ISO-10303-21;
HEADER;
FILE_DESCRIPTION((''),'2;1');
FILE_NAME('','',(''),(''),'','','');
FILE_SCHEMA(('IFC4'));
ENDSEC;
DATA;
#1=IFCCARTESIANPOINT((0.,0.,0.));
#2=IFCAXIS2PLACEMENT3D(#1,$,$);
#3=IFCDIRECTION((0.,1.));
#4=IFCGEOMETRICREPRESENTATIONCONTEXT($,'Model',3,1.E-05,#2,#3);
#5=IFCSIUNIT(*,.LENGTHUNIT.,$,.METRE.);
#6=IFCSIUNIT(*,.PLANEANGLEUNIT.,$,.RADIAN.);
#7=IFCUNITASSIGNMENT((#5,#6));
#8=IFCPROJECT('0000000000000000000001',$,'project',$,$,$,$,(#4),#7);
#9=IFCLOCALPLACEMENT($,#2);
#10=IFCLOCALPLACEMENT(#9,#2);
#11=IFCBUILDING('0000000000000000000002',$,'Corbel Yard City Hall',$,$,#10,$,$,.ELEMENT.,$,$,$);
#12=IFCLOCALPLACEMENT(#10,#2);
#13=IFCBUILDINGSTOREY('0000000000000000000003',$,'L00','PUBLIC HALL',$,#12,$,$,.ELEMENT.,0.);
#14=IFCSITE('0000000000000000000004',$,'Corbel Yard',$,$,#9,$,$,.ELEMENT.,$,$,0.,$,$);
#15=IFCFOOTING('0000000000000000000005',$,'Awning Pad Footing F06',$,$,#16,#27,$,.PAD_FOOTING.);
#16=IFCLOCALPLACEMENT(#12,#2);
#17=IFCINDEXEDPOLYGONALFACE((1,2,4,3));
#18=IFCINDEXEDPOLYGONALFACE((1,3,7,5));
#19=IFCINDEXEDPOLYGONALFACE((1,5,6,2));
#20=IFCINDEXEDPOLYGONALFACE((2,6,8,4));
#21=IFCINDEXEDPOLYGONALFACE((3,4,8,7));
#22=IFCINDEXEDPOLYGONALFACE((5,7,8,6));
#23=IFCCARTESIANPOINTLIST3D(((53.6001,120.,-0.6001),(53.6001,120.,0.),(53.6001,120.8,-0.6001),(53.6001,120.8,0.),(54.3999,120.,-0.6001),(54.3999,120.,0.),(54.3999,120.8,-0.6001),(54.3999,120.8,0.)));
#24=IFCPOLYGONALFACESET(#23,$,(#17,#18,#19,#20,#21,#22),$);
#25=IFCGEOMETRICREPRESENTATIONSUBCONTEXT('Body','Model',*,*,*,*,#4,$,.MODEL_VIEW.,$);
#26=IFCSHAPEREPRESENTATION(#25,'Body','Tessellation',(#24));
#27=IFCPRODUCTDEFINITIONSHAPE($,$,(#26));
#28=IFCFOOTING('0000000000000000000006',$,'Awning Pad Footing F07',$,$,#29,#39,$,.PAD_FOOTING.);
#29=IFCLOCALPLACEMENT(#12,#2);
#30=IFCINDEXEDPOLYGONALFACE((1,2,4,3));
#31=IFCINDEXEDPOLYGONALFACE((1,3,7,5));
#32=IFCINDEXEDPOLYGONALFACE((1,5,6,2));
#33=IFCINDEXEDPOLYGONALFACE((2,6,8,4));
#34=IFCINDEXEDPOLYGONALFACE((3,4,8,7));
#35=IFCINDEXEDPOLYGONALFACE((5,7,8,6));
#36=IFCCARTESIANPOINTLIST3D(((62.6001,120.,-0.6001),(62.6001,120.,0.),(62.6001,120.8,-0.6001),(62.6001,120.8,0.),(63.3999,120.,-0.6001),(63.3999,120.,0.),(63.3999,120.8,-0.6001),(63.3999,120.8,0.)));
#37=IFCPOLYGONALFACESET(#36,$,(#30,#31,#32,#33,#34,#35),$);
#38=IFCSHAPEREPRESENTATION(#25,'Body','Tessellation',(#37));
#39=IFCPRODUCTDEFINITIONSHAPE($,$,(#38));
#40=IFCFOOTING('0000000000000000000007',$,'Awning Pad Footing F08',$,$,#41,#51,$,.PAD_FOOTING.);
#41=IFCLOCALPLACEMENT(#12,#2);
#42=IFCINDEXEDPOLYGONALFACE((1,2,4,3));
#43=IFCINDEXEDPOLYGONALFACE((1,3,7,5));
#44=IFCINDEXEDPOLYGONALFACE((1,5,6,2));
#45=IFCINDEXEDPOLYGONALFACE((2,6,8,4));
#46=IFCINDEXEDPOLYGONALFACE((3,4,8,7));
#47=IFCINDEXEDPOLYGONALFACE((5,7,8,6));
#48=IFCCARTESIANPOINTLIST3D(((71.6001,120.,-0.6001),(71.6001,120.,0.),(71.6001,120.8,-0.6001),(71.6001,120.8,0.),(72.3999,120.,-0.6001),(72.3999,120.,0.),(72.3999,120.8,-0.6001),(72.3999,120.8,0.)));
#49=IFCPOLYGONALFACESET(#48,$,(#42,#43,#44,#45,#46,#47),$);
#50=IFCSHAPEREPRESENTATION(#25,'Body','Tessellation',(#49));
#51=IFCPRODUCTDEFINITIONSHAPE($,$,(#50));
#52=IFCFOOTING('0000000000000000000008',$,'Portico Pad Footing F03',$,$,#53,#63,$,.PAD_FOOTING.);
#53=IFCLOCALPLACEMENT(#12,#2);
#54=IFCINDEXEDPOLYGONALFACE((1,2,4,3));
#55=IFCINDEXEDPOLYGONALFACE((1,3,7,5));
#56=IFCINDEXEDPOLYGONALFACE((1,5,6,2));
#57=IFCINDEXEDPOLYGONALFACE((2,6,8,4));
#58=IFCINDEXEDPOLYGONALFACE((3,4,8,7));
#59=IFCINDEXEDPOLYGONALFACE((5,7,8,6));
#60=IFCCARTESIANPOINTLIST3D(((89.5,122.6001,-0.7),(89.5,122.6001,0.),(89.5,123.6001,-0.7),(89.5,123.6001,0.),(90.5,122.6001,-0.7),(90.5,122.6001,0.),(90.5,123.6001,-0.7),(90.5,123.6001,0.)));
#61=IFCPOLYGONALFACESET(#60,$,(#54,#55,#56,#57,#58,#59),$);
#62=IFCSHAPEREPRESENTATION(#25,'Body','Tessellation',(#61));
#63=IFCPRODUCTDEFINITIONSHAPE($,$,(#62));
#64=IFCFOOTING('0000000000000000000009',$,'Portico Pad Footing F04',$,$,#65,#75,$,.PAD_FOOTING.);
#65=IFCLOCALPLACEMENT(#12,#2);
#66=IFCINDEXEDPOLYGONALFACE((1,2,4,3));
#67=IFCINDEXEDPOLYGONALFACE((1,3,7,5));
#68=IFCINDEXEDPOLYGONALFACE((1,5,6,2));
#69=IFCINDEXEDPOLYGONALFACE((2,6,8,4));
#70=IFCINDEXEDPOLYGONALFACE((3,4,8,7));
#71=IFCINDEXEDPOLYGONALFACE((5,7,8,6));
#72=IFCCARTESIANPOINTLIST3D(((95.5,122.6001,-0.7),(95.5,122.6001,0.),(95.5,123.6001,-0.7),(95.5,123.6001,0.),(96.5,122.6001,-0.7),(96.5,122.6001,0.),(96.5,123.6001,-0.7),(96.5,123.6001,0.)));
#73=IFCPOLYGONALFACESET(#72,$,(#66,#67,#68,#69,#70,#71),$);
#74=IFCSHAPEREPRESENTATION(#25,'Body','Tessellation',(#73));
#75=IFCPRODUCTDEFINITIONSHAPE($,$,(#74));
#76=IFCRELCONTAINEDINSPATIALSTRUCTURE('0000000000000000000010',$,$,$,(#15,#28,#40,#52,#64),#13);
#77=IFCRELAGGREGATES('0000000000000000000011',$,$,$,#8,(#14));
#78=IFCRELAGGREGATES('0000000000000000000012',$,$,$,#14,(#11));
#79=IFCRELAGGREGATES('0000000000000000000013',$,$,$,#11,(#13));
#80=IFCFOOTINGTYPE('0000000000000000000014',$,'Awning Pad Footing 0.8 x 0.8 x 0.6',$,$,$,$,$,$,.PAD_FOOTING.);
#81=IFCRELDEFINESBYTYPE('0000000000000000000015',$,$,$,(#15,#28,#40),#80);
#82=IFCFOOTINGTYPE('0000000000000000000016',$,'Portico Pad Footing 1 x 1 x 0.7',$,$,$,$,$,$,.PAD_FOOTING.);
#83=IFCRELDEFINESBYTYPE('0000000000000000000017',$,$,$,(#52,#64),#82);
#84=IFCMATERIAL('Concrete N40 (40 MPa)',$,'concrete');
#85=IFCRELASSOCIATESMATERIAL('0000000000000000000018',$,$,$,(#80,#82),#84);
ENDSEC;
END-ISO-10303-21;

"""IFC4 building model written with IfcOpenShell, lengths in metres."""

from ifc_helpers import new_model, si_unit, direction, frame, origin, place, context, subcontext, project, spatial, polyline, outline, extrude, material, type_object, element, save


model = new_model("IFC4")

# Units and contexts
model_context = context("Model", 3, precision=1e-05, world=origin(), true_north=direction((0.0, 1.0)))
body_context = subcontext(model_context, "Body", "Model", "MODEL_VIEW")
ifc_project = project(units=[si_unit("LENGTHUNIT", "METRE"), si_unit("PLANEANGLEUNIT", "RADIAN")], contexts=[model_context])

# Site, building, storey
site_placement = place(None, origin())
site = spatial("IfcSite", under=ifc_project, at=site_placement, Name="Corbel Yard", CompositionType="ELEMENT", RefElevation=0.0)
building_placement = place(site_placement, origin())
building = spatial("IfcBuilding", under=site, at=building_placement, Name="Corbel Yard City Hall", CompositionType="ELEMENT")
storey_placement = place(building_placement, origin())
storey = spatial("IfcBuildingStorey", under=building, at=storey_placement, Name="L00", Description="PUBLIC HALL", CompositionType="ELEMENT", Elevation=0.0)

# Footings
ifc_material = material(Name="Concrete N40 (40 MPa)", Category="concrete")
footing_type_1 = type_object("IfcFootingType", Name="Awning Pad Footing 0.8 x 0.8 x 0.6", PredefinedType="PAD_FOOTING", material=ifc_material)
footing_1_placement = place(storey_placement, frame((0.0, 0.0, -0.6001)))
element("IfcFooting", 1, at=footing_1_placement, inside=storey, type_object=footing_type_1, Name="Awning Pad Footing F06", PredefinedType="PAD_FOOTING", context=body_context, shape_type="SweptSolid", body=[
    extrude(outline(polyline([(53.6001, 120.0), (54.3999, 120.0), (54.3999, 120.8), (53.6001, 120.8), (53.6001, 120.0)])), origin(), (0.0, 0.0, 1.0), 0.6001),
])
footing_2_placement = place(storey_placement, frame((0.0, 0.0, -0.6001)))
element("IfcFooting", 2, at=footing_2_placement, inside=storey, type_object=footing_type_1, Name="Awning Pad Footing F07", PredefinedType="PAD_FOOTING", context=body_context, shape_type="SweptSolid", body=[
    extrude(outline(polyline([(62.6001, 120.0), (63.3999, 120.0), (63.3999, 120.8), (62.6001, 120.8), (62.6001, 120.0)])), origin(), (0.0, 0.0, 1.0), 0.6001),
])
footing_3_placement = place(storey_placement, frame((0.0, 0.0, -0.6001)))
element("IfcFooting", 3, at=footing_3_placement, inside=storey, type_object=footing_type_1, Name="Awning Pad Footing F08", PredefinedType="PAD_FOOTING", context=body_context, shape_type="SweptSolid", body=[
    extrude(outline(polyline([(71.6001, 120.0), (72.3999, 120.0), (72.3999, 120.8), (71.6001, 120.8), (71.6001, 120.0)])), origin(), (0.0, 0.0, 1.0), 0.6001),
])
footing_type_2 = type_object("IfcFootingType", Name="Portico Pad Footing 1 x 1 x 0.7", PredefinedType="PAD_FOOTING", material=ifc_material)
footing_4_placement = place(storey_placement, frame((0.0, 0.0, -0.7)))
element("IfcFooting", 4, at=footing_4_placement, inside=storey, type_object=footing_type_2, Name="Portico Pad Footing F03", PredefinedType="PAD_FOOTING", context=body_context, shape_type="SweptSolid", body=[
    extrude(outline(polyline([(89.5, 122.6001), (90.5, 122.6001), (90.5, 123.6001), (89.5, 123.6001), (89.5, 122.6001)])), origin(), (0.0, 0.0, 1.0), 0.7),
])
footing_5_placement = place(storey_placement, frame((0.0, 0.0, -0.7)))
element("IfcFooting", 5, at=footing_5_placement, inside=storey, type_object=footing_type_2, Name="Portico Pad Footing F04", PredefinedType="PAD_FOOTING", context=body_context, shape_type="SweptSolid", body=[
    extrude(outline(polyline([(95.5, 122.6001), (96.5, 122.6001), (96.5, 123.6001), (95.5, 123.6001), (95.5, 122.6001)])), origin(), (0.0, 0.0, 1.0), 0.7),
])

save(model, "model.ifc")
